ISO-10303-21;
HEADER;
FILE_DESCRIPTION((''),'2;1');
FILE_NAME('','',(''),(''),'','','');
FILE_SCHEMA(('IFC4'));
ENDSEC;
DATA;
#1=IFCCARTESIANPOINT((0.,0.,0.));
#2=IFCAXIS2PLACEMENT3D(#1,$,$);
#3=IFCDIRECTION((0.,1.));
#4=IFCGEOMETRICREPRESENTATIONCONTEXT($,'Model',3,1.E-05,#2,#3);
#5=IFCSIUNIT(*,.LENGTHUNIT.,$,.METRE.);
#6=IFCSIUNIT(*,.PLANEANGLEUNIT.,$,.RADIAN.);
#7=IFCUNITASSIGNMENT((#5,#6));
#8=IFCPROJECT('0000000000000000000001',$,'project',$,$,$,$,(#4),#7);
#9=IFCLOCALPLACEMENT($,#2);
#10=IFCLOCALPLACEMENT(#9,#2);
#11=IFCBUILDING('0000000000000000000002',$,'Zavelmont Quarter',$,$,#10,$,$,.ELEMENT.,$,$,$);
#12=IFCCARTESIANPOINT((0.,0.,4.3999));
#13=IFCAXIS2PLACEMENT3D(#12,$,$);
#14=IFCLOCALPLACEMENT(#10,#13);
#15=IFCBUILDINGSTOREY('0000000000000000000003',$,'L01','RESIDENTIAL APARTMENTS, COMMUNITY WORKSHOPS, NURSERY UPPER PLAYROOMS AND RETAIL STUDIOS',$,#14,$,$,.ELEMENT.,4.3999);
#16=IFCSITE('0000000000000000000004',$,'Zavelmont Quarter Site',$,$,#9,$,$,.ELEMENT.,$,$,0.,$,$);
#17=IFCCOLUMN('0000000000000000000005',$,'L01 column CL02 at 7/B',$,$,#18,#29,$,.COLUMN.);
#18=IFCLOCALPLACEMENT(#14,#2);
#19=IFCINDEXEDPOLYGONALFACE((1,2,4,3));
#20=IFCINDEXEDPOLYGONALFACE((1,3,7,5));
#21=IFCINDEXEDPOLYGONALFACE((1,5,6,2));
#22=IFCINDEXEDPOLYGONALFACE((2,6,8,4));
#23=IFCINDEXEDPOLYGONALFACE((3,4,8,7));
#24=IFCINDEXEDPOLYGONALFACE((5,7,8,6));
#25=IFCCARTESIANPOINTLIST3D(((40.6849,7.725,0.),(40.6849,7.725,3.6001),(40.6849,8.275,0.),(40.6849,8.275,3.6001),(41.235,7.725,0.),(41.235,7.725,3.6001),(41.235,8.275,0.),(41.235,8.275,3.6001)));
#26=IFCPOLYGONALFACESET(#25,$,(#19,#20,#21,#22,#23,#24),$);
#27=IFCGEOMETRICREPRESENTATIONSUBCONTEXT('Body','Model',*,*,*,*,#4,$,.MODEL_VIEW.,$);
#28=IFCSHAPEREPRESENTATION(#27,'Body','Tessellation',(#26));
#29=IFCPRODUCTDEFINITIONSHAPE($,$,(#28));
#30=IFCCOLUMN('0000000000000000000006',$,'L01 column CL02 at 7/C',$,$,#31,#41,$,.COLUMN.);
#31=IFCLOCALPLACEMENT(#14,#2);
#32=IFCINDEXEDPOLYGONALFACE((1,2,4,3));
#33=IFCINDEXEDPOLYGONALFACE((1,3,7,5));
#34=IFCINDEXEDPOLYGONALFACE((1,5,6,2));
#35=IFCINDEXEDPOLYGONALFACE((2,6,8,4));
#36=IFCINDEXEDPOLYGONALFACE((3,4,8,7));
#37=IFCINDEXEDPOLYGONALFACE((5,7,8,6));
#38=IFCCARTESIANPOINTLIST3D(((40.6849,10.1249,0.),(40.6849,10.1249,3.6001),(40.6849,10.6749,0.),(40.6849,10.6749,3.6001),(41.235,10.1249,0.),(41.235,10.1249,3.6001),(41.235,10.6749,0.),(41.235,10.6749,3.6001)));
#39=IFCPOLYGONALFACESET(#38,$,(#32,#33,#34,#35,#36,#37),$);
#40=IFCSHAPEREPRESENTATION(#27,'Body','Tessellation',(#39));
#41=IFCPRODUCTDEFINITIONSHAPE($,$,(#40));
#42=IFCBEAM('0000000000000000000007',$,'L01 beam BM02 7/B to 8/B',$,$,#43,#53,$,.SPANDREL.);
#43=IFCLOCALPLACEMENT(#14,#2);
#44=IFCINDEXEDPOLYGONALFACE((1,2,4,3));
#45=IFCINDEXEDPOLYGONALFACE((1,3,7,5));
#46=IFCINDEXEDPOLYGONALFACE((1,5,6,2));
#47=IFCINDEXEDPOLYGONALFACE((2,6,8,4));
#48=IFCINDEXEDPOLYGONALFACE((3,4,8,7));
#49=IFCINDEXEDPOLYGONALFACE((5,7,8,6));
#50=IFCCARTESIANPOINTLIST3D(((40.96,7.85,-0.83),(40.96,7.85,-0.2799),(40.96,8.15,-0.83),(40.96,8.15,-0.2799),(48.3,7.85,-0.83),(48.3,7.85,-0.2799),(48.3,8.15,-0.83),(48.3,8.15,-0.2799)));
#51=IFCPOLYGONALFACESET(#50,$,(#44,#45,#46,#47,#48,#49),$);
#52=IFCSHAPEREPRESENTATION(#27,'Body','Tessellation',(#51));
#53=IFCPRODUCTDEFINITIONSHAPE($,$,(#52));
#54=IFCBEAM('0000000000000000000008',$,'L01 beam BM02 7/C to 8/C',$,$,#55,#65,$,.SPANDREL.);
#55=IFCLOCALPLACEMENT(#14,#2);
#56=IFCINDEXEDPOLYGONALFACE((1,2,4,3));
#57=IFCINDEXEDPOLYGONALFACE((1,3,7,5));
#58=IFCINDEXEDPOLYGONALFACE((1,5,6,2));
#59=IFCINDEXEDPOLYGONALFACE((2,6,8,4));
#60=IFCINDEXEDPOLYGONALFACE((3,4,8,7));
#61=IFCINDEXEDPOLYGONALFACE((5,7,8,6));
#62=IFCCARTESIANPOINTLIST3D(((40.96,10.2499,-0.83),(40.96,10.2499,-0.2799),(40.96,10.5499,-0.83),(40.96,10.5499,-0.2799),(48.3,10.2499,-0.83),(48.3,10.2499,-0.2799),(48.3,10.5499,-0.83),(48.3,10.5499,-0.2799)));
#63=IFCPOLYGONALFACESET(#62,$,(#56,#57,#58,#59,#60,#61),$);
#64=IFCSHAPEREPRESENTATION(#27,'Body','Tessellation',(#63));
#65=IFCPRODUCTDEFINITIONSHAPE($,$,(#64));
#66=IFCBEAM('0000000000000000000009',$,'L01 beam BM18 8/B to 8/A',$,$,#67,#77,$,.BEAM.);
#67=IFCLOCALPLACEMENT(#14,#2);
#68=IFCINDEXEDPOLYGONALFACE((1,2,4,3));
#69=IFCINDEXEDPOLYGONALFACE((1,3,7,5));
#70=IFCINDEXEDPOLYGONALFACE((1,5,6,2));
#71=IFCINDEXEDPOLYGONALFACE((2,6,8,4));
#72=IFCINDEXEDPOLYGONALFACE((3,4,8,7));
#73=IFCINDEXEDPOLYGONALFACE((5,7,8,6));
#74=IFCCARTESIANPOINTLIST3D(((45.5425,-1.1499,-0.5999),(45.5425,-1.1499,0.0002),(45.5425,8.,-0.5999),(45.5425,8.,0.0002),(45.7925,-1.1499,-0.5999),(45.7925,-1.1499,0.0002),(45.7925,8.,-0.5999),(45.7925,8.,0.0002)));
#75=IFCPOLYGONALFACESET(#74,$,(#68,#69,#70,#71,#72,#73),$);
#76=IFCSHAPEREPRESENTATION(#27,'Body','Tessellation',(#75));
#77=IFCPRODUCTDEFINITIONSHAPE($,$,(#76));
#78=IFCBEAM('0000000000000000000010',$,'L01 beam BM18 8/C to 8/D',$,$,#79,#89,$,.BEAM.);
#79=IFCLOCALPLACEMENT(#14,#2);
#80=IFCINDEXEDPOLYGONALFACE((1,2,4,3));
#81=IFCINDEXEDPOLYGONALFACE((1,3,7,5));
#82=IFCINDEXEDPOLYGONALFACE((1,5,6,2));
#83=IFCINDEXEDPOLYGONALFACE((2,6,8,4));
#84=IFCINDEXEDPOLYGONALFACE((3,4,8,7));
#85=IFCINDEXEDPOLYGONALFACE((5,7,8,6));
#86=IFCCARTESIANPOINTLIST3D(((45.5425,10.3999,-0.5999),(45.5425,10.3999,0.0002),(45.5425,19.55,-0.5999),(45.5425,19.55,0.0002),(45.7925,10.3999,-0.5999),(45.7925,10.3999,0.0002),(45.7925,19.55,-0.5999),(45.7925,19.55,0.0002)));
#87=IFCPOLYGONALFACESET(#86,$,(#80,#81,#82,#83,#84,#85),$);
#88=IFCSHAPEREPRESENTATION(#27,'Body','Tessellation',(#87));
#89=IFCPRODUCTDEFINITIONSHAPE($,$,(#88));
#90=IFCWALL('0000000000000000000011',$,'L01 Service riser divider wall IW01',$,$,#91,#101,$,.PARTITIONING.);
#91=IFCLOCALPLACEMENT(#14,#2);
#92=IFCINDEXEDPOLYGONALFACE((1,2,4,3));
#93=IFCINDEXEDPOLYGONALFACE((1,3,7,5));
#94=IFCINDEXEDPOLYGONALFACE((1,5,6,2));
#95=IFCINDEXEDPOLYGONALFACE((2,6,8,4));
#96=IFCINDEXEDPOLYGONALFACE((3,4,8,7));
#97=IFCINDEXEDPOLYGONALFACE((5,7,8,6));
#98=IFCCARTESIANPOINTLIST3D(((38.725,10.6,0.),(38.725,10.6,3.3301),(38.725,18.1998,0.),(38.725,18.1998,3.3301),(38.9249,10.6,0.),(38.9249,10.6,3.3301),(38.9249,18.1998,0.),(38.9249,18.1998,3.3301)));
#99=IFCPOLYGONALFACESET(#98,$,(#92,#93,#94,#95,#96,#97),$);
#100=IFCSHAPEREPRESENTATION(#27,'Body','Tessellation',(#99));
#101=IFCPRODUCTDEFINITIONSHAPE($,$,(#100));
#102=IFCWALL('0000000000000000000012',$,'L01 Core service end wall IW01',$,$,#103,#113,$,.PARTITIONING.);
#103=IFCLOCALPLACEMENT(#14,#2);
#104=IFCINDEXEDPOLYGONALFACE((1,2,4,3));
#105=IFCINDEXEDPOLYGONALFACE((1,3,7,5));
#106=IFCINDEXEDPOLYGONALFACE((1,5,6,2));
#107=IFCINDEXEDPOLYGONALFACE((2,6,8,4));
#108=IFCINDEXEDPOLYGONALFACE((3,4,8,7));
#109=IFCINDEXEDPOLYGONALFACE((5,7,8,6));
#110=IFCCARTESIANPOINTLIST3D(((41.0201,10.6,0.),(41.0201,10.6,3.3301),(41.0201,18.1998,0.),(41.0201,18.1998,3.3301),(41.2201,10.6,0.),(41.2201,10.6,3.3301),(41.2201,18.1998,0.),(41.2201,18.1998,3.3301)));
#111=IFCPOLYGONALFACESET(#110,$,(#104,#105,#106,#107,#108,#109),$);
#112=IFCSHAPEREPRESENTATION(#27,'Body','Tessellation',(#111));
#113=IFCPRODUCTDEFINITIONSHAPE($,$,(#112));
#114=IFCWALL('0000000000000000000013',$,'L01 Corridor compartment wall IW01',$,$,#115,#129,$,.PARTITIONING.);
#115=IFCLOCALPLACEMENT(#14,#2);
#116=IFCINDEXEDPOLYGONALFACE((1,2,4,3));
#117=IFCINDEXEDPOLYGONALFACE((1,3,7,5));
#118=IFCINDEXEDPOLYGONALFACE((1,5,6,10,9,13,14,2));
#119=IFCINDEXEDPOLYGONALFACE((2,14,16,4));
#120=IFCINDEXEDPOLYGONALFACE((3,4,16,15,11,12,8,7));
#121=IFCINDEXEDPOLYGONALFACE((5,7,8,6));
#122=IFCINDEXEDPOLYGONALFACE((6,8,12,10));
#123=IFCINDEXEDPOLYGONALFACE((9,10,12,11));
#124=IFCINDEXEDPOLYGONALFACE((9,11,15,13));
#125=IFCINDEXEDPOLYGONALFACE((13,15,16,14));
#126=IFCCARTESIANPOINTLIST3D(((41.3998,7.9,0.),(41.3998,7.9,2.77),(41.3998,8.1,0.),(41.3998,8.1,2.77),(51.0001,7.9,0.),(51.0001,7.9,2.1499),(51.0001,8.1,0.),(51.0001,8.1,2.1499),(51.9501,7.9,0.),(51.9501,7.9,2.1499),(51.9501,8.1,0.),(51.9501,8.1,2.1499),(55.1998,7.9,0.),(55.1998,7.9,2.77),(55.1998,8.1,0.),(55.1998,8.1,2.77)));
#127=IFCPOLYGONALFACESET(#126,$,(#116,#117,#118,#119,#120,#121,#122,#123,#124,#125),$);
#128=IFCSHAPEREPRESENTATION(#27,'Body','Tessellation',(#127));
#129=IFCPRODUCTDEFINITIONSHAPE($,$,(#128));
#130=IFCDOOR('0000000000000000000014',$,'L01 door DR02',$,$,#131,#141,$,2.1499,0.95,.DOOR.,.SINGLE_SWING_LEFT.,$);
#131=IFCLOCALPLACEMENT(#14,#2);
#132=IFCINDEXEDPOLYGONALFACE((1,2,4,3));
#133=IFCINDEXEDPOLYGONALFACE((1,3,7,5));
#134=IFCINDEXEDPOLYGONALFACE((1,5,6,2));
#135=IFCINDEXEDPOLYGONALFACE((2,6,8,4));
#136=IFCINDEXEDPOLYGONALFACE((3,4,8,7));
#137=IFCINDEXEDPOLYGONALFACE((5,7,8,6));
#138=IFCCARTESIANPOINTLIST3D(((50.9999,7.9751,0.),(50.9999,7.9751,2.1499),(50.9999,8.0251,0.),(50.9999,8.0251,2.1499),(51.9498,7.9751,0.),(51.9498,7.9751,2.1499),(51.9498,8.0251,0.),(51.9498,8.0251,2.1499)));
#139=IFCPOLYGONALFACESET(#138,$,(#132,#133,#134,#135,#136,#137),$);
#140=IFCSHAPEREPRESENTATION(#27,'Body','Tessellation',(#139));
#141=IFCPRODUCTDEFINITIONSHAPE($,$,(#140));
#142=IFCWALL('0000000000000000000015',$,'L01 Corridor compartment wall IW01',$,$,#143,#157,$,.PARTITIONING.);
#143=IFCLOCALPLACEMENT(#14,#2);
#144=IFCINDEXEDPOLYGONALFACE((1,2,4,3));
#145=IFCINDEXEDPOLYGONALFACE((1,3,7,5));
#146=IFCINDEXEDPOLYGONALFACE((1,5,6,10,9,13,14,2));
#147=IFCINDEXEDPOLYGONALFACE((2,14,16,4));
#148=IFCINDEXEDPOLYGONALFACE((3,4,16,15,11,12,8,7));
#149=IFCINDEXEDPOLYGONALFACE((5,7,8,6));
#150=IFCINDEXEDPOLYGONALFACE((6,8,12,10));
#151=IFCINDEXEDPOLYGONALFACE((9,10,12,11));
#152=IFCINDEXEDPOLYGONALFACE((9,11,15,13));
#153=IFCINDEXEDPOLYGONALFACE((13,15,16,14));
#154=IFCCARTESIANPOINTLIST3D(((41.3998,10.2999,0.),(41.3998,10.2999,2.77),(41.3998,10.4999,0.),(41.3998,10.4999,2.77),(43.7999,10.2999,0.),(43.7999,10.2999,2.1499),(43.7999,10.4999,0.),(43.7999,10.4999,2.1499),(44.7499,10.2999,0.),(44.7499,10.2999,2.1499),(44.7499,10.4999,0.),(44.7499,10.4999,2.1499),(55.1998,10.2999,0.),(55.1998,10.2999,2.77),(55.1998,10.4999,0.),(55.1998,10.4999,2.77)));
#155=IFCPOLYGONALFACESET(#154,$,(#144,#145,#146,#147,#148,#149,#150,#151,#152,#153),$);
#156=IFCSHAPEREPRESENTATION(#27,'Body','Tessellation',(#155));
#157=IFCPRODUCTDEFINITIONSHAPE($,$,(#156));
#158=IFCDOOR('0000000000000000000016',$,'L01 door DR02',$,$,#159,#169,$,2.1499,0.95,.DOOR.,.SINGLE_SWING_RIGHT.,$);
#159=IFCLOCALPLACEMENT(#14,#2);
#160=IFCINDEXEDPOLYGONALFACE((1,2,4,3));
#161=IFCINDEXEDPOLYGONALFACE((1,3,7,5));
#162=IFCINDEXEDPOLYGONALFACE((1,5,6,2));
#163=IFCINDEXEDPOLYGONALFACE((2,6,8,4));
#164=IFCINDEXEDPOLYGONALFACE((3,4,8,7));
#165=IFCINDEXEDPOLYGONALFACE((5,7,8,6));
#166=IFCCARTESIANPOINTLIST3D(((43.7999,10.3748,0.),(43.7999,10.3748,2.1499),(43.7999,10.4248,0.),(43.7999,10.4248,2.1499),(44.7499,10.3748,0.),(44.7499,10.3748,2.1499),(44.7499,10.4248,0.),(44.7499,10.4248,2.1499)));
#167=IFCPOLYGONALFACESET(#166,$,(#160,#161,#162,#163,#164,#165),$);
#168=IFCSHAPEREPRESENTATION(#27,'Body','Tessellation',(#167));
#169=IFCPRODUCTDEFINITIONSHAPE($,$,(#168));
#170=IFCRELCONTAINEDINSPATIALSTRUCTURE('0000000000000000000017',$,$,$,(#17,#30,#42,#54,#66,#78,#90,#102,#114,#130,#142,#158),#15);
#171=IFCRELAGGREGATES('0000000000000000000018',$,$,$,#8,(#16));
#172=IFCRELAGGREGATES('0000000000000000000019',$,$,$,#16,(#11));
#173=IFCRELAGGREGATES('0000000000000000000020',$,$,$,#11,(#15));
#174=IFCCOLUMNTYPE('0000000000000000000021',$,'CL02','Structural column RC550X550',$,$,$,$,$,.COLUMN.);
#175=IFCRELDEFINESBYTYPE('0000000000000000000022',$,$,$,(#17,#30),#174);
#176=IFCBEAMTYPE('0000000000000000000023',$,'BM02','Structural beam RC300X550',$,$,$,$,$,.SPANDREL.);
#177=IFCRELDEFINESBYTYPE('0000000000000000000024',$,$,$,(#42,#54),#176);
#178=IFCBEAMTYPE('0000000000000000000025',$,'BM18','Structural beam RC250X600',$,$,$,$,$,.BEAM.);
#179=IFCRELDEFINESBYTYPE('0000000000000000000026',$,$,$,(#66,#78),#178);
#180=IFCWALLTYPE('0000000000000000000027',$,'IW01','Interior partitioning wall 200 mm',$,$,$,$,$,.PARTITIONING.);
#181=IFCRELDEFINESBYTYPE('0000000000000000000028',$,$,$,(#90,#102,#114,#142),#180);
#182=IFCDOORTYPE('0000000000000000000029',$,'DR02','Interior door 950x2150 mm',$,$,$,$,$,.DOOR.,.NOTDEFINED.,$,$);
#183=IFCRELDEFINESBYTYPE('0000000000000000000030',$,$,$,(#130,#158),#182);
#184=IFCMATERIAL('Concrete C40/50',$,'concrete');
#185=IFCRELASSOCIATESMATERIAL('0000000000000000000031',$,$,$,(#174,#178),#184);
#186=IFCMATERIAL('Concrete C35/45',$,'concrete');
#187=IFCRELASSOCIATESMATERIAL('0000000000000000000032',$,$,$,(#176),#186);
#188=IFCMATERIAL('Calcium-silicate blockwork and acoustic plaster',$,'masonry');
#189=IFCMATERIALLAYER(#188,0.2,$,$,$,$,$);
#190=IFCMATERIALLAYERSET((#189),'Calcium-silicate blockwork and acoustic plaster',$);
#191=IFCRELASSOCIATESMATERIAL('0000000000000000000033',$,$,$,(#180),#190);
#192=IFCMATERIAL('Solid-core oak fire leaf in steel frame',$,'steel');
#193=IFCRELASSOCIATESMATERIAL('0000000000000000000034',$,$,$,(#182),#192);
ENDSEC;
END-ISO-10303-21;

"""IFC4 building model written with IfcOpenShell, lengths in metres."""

from ifc_helpers import new_model, si_unit, direction, frame, frame_2d, origin, origin_with_axes, origin_2d, place, context, subcontext, project, spatial, rectangle, extrude, material, layer, layer_set, material_profile, profile_set, type_object, element, fill, save


model = new_model("IFC4")

# Units and contexts
model_context = context("Model", 3, precision=1e-05, world=origin(), true_north=direction((0.0, 1.0)))
body_context = subcontext(model_context, "Body", "Model", "MODEL_VIEW")
ifc_project = project(units=[si_unit("LENGTHUNIT", "METRE"), si_unit("PLANEANGLEUNIT", "RADIAN")], contexts=[model_context])

# Site, building, storey
site_placement = place(None, origin())
site = spatial("IfcSite", under=ifc_project, at=site_placement, Name="Zavelmont Quarter Site", CompositionType="ELEMENT", RefElevation=0.0)
building_placement = place(site_placement, origin())
building = spatial("IfcBuilding", under=site, at=building_placement, Name="Zavelmont Quarter", CompositionType="ELEMENT")
storey_placement = place(building_placement, frame((0.0, 0.0, 4.3999)))
storey = spatial("IfcBuildingStorey", under=building, at=storey_placement, Name="L01", Description="RESIDENTIAL APARTMENTS, COMMUNITY WORKSHOPS, NURSERY UPPER PLAYROOMS AND RETAIL STUDIOS", CompositionType="ELEMENT", Elevation=4.3999)

# Columns
ifc_material_1 = material(Name="Concrete C40/50", Category="concrete")
ifc_material_profile_1 = material_profile(ifc_material_1, rectangle(XDim=0.55, YDim=0.55, at=origin_2d()), Name="RC550X550")
ifc_profile_set_1 = profile_set([ifc_material_profile_1], Name="Concrete C40/50")
column_type = type_object("IfcColumnType", Name="CL02", Description="Structural column RC550X550", PredefinedType="COLUMN", material=ifc_profile_set_1)
for number, where, z_axis, x_axis, name in (
    (1, (40.96, 8.0, 0.0), (0.0, 0.0, 1.0), (1.0, 0.0, 0.0), "L01 column CL02 at 7/B"),
    (2, (40.96, 10.3999, 0.0), (0.0, 0.0, 1.0), (1.0, 0.0, 0.0), "L01 column CL02 at 7/C"),
):
    element("IfcColumn", number, at=place(storey_placement, frame(where, z_axis=z_axis, x_axis=x_axis)), inside=storey, type_object=column_type, Name=name, PredefinedType="COLUMN", context=body_context, shape_type="SweptSolid", body=[
        extrude(rectangle(XDim=0.55, YDim=0.55, at=origin_2d()), origin(), (0.0, 0.0, 1.0), 3.6001),
    ])

# Beams
ifc_material_2 = material(Name="Concrete C35/45", Category="concrete")
ifc_material_profile_2 = material_profile(ifc_material_2, rectangle(XDim=0.3, YDim=0.55, at=origin_2d()), Name="RC300X550")
ifc_profile_set_2 = profile_set([ifc_material_profile_2], Name="Concrete C35/45")
beam_type_1 = type_object("IfcBeamType", Name="BM02", Description="Structural beam RC300X550", PredefinedType="SPANDREL", material=ifc_profile_set_2)
for number, where, z_axis, x_axis, name in (
    (3, (40.96, 8.0, -0.5549), (1.0, 0.0, 0.0), (0.0, 1.0, 0.0), "L01 beam BM02 7/B to 8/B"),
    (4, (40.96, 10.3999, -0.5549), (1.0, 0.0, 0.0), (0.0, 1.0, 0.0), "L01 beam BM02 7/C to 8/C"),
):
    element("IfcBeam", number, at=place(storey_placement, frame(where, z_axis=z_axis, x_axis=x_axis)), inside=storey, type_object=beam_type_1, Name=name, PredefinedType="SPANDREL", context=body_context, shape_type="SweptSolid", body=[
        extrude(rectangle(XDim=0.3, YDim=0.55, at=origin_2d()), origin(), (0.0, 0.0, 1.0), 7.3401),
    ])
ifc_material_profile_3 = material_profile(ifc_material_1, rectangle(XDim=0.25, YDim=0.6001, at=origin_2d()), Name="RC250X600")
ifc_profile_set_3 = profile_set([ifc_material_profile_3], Name="Concrete C40/50")
beam_type_2 = type_object("IfcBeamType", Name="BM18", Description="Structural beam RC250X600", PredefinedType="BEAM", material=ifc_profile_set_3)
beam_1_placement = place(storey_placement, frame((45.6675, 8.0, -0.2998), z_axis=(0.0, -1.0, 0.0), x_axis=(1.0, 0.0, 0.0)))
element("IfcBeam", 5, at=beam_1_placement, inside=storey, type_object=beam_type_2, Name="L01 beam BM18 8/B to 8/A", PredefinedType="BEAM", context=body_context, shape_type="SweptSolid", body=[
    extrude(rectangle(XDim=0.25, YDim=0.6001, at=origin_2d()), origin(), (0.0, 0.0, 1.0), 9.1499),
])
beam_2_placement = place(storey_placement, frame((45.6675, 10.3999, -0.2998), z_axis=(0.0, 1.0, 0.0), x_axis=(-1.0, 0.0, 0.0)))
element("IfcBeam", 6, at=beam_2_placement, inside=storey, type_object=beam_type_2, Name="L01 beam BM18 8/C to 8/D", PredefinedType="BEAM", context=body_context, shape_type="SweptSolid", body=[
    extrude(rectangle(XDim=0.25, YDim=0.6001, at=origin_2d()), origin(), (0.0, 0.0, 1.0), 9.1501),
])

# Walls
ifc_material_3 = material(Name="Calcium-silicate blockwork and acoustic plaster", Category="masonry")
ifc_layer_1 = layer(ifc_material_3, 0.2)
ifc_layer_set_1 = layer_set([ifc_layer_1], Name="Calcium-silicate blockwork and acoustic plaster")
wall_type_1 = type_object("IfcWallType", Name="IW01", Description="Interior partitioning wall 200 mm", PredefinedType="PARTITIONING", material=ifc_layer_set_1)
for number, where, z_axis, x_axis, name in (
    (7, (38.825, 10.6001, 0.0), (0.0, 0.0, 1.0), (0.0, 1.0, 0.0), "L01 Service riser divider wall IW01"),
    (8, (41.1201, 10.6001, 0.0), (0.0, 0.0, 1.0), (0.0, 1.0, 0.0), "L01 Core service end wall IW01"),
):
    element("IfcWall", number, at=place(storey_placement, frame(where, z_axis=z_axis, x_axis=x_axis)), inside=storey, type_object=wall_type_1, Name=name, PredefinedType="PARTITIONING", context=body_context, shape_type="SweptSolid", body=[
        extrude(rectangle(XDim=7.5999, YDim=0.2, at=frame_2d((3.7998, 0.0))), origin(), (0.0, 0.0, 1.0), 3.3301),
    ])

# Walls, openings, doors
wall_1_placement = place(storey_placement, frame((41.3999, 8.0, 0.0), z_axis=(0.0, 0.0, 1.0), x_axis=(1.0, 0.0, 0.0)))
wall_1 = element("IfcWall", 9, at=wall_1_placement, inside=storey, type_object=wall_type_1, Name="L01 Corridor compartment wall IW01", PredefinedType="PARTITIONING", context=body_context, shape_type="SweptSolid", body=[
    extrude(rectangle(XDim=13.8, YDim=0.2, at=frame_2d((6.8999, 0.0))), origin(), (0.0, 0.0, 1.0), 2.77),
])
opening_1_placement = place(wall_1_placement, frame((9.6001, 0.0, 0.0)))
opening_1 = element("IfcOpeningElement", 10, at=opening_1_placement, cuts=wall_1, PredefinedType="OPENING", context=body_context, shape_type="SweptSolid", body=[
    extrude(rectangle(XDim=0.95, YDim=2.1499, at=frame_2d((0.4751, 1.075))), frame((0.0, 0.1118, 0.0), z_axis=(0.0, -1.0, 0.0), x_axis=(1.0, 0.0, 0.0)), (0.0, 0.0, 1.0), 0.2239),
])
ifc_material_4 = material(Name="Solid-core oak fire leaf in steel frame", Category="steel")
door_type_1 = type_object("IfcDoorType", Name="DR02", Description="Interior door 950x2150 mm", OperationType="NOTDEFINED", PredefinedType="DOOR", material=ifc_material_4)
door_1_placement = place(opening_1_placement, frame((0.95, 0.0, 0.0), z_axis=(0.0, 0.0, 1.0), x_axis=(-1.0, 0.0, 0.0)))
door_1 = element("IfcDoor", 11, at=door_1_placement, inside=storey, type_object=door_type_1, Name="L01 door DR02", OperationType="SINGLE_SWING_LEFT", OverallHeight=2.1499, OverallWidth=0.95, PredefinedType="DOOR", context=body_context, shape_type="SweptSolid", body=[
    extrude(rectangle(XDim=0.95, YDim=2.1499, at=frame_2d((0.4751, 1.075))), frame((0.0, 0.0249, 0.0), z_axis=(0.0, -1.0, 0.0), x_axis=(1.0, 0.0, 0.0)), (0.0, 0.0, 1.0), 0.05),
])
fill(opening_1, door_1)
wall_2_placement = place(storey_placement, frame((41.3999, 10.3999, 0.0), z_axis=(0.0, 0.0, 1.0), x_axis=(1.0, 0.0, 0.0)))
wall_2 = element("IfcWall", 12, at=wall_2_placement, inside=storey, type_object=wall_type_1, Name="L01 Corridor compartment wall IW01", PredefinedType="PARTITIONING", context=body_context, shape_type="SweptSolid", body=[
    extrude(rectangle(XDim=13.8, YDim=0.2, at=frame_2d((6.8999, 0.0))), origin(), (0.0, 0.0, 1.0), 2.77),
])
opening_2_placement = place(wall_2_placement, frame((2.3999, 0.0, 0.0)))
opening_2 = element("IfcOpeningElement", 13, at=opening_2_placement, cuts=wall_2, PredefinedType="OPENING", context=body_context, shape_type="SweptSolid", body=[
    extrude(rectangle(XDim=0.95, YDim=2.1499, at=frame_2d((0.4751, 1.075))), frame((0.0, 0.1118, 0.0), z_axis=(0.0, -1.0, 0.0), x_axis=(1.0, 0.0, 0.0)), (0.0, 0.0, 1.0), 0.2239),
])
door_2_placement = place(opening_2_placement, origin_with_axes())
door_2 = element("IfcDoor", 14, at=door_2_placement, inside=storey, type_object=door_type_1, Name="L01 door DR02", OperationType="SINGLE_SWING_RIGHT", OverallHeight=2.1499, OverallWidth=0.95, PredefinedType="DOOR", context=body_context, shape_type="SweptSolid", body=[
    extrude(rectangle(XDim=0.95, YDim=2.1499, at=frame_2d((0.4751, 1.075))), frame((0.0, 0.0249, 0.0), z_axis=(0.0, -1.0, 0.0), x_axis=(1.0, 0.0, 0.0)), (0.0, 0.0, 1.0), 0.05),
])
fill(opening_2, door_2)

save(model, "model.ifc")
